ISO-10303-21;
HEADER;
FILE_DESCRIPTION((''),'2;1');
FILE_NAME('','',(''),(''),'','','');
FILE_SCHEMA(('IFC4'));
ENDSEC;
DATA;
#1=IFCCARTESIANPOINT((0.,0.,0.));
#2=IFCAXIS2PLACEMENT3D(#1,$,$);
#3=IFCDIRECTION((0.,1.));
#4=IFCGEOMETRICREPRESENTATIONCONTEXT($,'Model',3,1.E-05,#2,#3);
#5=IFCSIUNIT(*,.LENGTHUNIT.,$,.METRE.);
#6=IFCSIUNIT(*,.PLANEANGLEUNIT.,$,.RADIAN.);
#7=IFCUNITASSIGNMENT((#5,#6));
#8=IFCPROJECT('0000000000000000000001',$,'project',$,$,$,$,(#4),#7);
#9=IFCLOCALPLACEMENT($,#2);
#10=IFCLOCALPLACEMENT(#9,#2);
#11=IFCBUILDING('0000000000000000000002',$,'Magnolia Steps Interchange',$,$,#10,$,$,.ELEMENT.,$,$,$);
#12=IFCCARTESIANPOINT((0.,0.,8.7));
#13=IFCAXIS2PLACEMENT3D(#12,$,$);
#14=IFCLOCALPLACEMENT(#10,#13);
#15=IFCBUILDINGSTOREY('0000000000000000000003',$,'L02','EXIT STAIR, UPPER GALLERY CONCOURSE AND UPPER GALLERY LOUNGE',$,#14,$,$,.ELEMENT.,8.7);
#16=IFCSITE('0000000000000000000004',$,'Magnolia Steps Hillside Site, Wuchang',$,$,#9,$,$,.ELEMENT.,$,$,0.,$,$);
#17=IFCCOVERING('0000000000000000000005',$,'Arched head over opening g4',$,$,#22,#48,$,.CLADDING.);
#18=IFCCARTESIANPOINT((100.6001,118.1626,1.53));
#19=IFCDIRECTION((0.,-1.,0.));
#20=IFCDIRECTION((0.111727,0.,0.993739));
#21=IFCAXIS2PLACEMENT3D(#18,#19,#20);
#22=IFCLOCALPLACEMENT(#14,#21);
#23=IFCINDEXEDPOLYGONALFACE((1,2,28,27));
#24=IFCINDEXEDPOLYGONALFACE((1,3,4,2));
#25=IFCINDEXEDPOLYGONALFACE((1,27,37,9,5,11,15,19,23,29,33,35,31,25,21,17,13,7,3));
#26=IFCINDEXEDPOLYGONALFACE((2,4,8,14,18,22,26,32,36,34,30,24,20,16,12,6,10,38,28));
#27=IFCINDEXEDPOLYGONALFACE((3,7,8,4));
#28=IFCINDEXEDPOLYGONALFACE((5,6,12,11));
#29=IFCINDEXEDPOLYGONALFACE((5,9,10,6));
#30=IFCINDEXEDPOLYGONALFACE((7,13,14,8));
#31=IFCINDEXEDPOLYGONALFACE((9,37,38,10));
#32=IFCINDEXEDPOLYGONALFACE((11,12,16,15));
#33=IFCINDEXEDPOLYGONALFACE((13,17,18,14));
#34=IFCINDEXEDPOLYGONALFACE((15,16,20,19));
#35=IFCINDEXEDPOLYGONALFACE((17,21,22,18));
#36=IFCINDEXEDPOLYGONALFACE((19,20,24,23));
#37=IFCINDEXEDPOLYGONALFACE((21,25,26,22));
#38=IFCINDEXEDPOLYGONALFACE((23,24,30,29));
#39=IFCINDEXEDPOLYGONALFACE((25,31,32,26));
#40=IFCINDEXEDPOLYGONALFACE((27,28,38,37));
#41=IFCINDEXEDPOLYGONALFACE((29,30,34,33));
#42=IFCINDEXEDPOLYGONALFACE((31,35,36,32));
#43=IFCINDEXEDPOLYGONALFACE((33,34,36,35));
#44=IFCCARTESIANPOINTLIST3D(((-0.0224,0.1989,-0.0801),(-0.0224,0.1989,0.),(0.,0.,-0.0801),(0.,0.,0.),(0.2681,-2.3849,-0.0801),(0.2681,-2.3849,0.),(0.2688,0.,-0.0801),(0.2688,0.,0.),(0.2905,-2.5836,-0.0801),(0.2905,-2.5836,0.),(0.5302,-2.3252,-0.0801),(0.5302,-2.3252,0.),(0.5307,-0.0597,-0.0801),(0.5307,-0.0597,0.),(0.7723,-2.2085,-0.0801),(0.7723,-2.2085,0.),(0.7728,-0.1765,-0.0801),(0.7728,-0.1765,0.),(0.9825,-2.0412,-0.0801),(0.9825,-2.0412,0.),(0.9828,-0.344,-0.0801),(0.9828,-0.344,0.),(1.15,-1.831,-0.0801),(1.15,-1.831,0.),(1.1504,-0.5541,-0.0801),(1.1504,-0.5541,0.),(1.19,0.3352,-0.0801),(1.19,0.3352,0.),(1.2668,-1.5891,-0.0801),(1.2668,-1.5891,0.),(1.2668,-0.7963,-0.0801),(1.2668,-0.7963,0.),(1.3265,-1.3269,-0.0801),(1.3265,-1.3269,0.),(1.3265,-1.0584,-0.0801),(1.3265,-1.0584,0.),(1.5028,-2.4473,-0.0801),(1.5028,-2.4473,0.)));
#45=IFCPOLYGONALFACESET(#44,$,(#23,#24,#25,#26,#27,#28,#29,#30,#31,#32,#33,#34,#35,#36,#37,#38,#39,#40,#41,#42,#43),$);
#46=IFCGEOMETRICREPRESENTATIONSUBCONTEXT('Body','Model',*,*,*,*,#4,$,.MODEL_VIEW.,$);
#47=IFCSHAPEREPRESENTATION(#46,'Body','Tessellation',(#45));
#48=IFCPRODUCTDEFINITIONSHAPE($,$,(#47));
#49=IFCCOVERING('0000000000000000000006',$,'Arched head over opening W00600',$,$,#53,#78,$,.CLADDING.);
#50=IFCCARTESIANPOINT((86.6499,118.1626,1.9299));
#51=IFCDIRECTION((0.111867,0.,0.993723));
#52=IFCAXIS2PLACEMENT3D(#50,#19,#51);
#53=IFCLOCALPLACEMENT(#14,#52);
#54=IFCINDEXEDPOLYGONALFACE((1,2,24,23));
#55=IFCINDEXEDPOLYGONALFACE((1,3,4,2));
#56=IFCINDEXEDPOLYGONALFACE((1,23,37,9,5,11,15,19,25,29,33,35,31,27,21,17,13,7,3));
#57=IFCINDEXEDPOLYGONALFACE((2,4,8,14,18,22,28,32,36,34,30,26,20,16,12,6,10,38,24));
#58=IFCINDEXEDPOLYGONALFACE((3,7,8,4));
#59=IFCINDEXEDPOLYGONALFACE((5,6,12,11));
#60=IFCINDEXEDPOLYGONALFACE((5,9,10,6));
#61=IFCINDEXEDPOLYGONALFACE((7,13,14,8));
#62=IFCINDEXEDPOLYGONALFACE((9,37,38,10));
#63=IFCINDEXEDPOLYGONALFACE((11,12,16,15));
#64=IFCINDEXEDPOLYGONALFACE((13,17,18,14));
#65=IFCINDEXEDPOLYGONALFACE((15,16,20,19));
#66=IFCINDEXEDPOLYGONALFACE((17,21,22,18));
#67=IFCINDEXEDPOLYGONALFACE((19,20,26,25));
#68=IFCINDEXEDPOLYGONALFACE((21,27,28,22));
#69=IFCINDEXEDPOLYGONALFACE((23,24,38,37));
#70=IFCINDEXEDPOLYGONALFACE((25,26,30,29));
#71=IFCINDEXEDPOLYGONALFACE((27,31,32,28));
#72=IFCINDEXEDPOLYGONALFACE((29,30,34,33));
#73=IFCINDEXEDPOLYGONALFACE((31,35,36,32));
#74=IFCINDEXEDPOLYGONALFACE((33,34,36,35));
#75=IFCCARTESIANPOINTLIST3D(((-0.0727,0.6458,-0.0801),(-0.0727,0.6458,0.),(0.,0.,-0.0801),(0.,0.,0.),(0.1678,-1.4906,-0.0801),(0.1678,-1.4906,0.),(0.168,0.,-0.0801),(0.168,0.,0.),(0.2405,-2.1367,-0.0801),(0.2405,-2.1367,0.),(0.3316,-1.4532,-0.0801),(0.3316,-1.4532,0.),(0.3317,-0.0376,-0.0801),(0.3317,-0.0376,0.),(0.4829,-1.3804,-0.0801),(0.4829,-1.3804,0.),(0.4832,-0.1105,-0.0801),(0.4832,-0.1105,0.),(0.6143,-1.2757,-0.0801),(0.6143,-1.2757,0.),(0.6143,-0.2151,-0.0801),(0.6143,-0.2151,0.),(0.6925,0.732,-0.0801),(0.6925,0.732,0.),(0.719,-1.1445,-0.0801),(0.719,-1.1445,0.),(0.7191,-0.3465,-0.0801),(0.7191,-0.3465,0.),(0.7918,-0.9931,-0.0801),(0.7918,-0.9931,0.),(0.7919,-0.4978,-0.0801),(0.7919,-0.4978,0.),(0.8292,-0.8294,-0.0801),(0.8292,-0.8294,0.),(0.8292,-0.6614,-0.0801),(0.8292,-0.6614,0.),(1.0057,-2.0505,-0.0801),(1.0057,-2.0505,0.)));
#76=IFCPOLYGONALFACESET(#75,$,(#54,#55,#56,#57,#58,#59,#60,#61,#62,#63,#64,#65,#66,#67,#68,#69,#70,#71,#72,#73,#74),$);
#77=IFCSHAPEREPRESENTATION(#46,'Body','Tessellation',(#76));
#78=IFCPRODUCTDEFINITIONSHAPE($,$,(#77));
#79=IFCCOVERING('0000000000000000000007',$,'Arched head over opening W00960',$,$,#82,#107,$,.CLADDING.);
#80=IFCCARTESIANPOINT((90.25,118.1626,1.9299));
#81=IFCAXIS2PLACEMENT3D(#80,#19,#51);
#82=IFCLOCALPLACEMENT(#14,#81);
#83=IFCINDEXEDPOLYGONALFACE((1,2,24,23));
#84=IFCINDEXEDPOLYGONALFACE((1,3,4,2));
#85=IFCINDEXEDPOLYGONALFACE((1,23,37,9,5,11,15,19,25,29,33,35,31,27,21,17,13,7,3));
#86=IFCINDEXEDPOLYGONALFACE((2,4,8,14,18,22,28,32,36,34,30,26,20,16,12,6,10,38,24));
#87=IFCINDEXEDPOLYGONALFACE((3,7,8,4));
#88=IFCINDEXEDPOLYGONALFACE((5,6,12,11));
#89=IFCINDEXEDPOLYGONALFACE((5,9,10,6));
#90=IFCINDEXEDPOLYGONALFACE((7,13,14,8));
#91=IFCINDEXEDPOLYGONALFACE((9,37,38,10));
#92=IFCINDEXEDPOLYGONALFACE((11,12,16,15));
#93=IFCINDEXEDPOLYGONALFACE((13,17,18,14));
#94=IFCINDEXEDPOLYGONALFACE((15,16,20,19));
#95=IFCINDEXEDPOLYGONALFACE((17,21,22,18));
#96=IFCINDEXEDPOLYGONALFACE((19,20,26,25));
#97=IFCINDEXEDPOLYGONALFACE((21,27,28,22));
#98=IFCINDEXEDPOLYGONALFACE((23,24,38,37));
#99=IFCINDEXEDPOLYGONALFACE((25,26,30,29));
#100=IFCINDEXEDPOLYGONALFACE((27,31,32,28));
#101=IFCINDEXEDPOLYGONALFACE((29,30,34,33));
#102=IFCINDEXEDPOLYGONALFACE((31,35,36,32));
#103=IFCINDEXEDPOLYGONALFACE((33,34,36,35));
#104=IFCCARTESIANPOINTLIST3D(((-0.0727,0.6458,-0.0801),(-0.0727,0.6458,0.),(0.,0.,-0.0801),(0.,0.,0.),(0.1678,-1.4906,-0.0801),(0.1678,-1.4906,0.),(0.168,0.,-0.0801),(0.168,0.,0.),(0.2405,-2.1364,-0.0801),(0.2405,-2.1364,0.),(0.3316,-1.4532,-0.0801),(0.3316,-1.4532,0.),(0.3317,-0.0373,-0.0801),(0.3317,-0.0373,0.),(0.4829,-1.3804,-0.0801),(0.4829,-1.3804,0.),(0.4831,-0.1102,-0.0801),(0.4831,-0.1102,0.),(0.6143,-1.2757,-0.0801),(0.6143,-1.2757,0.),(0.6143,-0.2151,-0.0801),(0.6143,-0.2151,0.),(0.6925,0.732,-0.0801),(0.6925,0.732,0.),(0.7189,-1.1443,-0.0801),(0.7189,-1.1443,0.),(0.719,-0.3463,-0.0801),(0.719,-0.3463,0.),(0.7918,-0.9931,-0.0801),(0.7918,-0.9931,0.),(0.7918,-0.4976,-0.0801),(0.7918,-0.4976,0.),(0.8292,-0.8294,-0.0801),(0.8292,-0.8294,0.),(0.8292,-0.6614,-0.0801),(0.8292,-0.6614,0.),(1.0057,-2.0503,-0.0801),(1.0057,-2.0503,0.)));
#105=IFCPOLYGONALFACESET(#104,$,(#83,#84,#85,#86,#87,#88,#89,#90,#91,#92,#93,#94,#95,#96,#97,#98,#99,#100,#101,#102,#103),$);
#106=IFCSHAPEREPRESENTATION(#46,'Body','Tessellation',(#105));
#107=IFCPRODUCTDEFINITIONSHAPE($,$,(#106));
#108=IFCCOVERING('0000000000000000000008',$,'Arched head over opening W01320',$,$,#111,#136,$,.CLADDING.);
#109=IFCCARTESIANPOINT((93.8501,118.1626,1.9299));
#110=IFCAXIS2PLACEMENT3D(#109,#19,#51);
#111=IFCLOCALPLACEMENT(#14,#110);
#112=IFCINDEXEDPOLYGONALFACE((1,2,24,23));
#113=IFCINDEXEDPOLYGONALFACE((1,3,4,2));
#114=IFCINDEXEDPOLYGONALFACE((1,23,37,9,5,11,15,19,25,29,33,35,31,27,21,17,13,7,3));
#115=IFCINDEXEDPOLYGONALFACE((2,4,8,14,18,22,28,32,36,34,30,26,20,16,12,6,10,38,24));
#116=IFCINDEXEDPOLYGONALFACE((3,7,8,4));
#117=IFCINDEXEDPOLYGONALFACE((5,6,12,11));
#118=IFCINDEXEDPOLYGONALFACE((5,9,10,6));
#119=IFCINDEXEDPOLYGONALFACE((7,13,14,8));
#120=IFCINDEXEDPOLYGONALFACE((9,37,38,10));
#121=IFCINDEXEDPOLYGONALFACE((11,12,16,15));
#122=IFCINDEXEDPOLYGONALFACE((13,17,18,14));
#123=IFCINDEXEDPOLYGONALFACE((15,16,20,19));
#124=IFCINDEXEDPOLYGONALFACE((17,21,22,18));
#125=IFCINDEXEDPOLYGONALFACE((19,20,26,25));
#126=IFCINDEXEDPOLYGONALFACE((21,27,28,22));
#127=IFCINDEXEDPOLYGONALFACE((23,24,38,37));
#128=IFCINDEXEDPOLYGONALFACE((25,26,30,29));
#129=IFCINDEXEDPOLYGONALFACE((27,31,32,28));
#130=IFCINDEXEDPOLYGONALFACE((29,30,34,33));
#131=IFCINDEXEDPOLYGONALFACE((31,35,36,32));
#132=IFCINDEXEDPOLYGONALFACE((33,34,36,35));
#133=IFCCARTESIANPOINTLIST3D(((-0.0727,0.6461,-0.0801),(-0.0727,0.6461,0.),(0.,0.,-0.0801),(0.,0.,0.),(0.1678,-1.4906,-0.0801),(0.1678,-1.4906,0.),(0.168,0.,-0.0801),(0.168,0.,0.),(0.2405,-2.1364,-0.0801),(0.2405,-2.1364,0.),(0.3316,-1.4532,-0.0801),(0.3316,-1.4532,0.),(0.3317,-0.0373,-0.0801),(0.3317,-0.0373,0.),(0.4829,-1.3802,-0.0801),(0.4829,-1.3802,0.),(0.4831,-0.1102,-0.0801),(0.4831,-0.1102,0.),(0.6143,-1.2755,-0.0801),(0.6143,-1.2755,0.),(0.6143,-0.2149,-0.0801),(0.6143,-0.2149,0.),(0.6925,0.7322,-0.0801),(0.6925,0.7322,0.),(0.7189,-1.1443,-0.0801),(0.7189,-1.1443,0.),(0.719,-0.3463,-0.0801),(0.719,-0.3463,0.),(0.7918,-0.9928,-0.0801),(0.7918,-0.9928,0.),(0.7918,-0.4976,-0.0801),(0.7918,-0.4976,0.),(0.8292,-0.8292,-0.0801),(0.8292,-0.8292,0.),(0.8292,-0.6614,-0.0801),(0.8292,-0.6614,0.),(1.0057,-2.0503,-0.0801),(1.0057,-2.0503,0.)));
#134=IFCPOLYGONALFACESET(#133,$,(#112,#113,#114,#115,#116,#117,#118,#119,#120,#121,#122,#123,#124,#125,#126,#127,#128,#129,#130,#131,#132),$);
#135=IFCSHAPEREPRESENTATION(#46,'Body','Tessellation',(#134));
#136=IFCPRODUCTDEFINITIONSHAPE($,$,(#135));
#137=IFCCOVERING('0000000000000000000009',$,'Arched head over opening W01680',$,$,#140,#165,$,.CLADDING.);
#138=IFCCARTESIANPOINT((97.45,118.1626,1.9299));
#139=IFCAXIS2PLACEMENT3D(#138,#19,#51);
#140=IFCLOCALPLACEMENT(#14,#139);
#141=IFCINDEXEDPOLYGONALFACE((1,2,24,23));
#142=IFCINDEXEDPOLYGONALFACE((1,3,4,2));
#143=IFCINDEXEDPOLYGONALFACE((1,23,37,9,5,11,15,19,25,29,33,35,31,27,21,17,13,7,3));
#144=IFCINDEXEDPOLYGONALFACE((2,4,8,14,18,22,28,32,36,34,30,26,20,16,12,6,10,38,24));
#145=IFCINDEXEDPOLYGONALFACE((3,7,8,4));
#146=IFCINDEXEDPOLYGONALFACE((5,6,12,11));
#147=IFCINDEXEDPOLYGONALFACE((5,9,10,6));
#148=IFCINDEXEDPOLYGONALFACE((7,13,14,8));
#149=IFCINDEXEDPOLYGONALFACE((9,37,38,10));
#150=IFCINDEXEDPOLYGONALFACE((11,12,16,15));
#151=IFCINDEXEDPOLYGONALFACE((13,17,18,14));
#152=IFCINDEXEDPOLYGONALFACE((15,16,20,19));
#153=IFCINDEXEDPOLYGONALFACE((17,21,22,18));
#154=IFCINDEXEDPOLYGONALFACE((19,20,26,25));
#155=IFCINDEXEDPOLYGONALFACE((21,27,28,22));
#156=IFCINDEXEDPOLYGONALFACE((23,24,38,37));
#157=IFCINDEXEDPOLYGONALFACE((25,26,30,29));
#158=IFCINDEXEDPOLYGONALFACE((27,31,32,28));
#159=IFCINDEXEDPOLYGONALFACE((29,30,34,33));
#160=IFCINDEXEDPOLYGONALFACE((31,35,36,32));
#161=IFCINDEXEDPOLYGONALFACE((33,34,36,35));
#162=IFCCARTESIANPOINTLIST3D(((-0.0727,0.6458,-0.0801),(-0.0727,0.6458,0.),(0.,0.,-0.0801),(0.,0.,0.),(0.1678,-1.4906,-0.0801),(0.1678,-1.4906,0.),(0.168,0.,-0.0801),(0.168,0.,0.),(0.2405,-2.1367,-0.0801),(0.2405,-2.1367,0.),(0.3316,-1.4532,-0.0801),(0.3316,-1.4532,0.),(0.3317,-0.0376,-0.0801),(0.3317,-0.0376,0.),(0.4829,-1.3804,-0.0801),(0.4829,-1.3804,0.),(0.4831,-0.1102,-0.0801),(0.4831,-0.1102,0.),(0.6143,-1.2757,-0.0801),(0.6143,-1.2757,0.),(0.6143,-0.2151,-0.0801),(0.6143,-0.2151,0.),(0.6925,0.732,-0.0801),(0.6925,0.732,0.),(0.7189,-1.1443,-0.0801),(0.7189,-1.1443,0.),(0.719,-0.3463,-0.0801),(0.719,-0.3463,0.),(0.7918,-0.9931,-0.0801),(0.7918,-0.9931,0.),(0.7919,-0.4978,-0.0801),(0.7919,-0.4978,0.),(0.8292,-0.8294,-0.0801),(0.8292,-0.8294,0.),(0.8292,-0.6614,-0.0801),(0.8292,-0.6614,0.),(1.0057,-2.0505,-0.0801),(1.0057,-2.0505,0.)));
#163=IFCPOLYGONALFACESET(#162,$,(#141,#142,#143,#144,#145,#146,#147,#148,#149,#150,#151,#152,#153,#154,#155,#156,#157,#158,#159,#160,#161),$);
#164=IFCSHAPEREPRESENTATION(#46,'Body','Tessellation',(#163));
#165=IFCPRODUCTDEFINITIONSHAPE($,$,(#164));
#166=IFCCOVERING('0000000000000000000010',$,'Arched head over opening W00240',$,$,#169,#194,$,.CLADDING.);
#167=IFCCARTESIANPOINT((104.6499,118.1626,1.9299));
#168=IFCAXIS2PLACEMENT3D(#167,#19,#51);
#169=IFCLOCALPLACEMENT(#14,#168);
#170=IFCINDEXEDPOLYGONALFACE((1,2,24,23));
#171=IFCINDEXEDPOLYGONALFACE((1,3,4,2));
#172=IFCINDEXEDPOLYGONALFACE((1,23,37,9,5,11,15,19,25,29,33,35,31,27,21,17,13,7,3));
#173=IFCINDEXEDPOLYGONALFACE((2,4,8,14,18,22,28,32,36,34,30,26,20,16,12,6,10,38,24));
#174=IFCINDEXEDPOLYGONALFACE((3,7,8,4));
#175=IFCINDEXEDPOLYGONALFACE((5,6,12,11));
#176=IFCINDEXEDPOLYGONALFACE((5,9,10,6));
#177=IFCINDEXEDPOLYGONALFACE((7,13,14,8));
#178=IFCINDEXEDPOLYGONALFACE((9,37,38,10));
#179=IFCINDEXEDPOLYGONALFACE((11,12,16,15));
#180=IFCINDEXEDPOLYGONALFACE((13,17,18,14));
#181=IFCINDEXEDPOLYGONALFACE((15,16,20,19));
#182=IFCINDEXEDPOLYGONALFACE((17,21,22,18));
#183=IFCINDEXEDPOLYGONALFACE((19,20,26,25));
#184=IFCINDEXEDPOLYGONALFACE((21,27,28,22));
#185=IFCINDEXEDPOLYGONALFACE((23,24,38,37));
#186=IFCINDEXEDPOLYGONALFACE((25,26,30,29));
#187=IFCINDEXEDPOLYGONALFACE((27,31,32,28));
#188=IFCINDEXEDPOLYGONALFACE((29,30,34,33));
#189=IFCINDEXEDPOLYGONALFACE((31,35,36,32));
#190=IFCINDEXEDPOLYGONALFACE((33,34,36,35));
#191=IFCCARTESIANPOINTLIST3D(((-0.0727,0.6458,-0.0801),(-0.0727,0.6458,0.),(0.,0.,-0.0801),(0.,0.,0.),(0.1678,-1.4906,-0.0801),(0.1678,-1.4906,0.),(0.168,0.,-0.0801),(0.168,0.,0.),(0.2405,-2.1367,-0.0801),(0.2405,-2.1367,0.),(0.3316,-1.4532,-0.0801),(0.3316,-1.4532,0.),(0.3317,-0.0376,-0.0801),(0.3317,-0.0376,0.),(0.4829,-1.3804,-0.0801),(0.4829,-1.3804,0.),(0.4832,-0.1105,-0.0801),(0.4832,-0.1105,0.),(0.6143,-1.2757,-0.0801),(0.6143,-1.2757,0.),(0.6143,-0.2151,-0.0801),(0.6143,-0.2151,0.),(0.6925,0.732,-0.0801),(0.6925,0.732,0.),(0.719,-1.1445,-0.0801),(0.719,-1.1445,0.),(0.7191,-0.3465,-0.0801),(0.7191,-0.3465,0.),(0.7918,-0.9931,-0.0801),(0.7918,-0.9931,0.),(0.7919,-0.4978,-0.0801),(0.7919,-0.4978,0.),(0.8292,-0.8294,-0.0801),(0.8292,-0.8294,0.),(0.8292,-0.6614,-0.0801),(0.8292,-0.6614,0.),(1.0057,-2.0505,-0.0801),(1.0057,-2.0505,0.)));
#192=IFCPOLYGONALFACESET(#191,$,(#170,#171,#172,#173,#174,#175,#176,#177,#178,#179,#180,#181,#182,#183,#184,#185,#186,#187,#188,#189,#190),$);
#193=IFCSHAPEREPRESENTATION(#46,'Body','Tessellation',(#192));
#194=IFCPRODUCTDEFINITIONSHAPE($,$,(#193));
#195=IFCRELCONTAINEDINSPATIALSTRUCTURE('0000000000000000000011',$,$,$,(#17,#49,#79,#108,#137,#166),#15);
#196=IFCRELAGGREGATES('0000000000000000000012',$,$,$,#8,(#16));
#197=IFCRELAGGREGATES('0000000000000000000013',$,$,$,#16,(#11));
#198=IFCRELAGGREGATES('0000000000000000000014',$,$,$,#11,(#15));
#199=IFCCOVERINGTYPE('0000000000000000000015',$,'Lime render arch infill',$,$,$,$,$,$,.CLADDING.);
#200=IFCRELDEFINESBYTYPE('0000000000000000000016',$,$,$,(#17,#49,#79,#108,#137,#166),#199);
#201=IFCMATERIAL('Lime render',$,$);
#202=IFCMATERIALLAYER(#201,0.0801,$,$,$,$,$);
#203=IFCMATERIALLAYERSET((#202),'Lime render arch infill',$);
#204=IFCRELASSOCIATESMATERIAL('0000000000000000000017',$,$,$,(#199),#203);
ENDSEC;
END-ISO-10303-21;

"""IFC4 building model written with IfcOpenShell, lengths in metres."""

from ifc_helpers import new_model, si_unit, direction, frame, origin, place, context, subcontext, project, spatial, polyline, outline, extrude, material, layer, layer_set, type_object, element, save


model = new_model("IFC4")

# Units and contexts
model_context = context("Model", 3, precision=1e-05, world=origin(), true_north=direction((0.0, 1.0)))
body_context = subcontext(model_context, "Body", "Model", "MODEL_VIEW")
ifc_project = project(units=[si_unit("LENGTHUNIT", "METRE"), si_unit("PLANEANGLEUNIT", "RADIAN")], contexts=[model_context])

# Site, building, storey
site_placement = place(None, origin())
site = spatial("IfcSite", under=ifc_project, at=site_placement, Name="Magnolia Steps Hillside Site, Wuchang", CompositionType="ELEMENT", RefElevation=0.0)
building_placement = place(site_placement, origin())
building = spatial("IfcBuilding", under=site, at=building_placement, Name="Magnolia Steps Interchange", CompositionType="ELEMENT")
storey_placement = place(building_placement, frame((0.0, 0.0, 8.7)))
storey = spatial("IfcBuildingStorey", under=building, at=storey_placement, Name="L02", Description="EXIT STAIR, UPPER GALLERY CONCOURSE AND UPPER GALLERY LOUNGE", CompositionType="ELEMENT", Elevation=8.7)

# Coverings
ifc_material_1 = material(Name="Lime render")
ifc_layer_1 = layer(ifc_material_1, 0.0801)
ifc_layer_set_1 = layer_set([ifc_layer_1], Name="Lime render arch infill")
covering_type_1 = type_object("IfcCoveringType", Name="Lime render arch infill", PredefinedType="CLADDING", material=ifc_layer_set_1)
covering_1_placement = place(storey_placement, frame((100.6001, 118.1626, 1.53), z_axis=(0.0, -1.0, 0.0), x_axis=(0.111727, 0.0, 0.993739)))
element("IfcCovering", 1, at=covering_1_placement, inside=storey, type_object=covering_type_1, Name="Arched head over opening g4", PredefinedType="CLADDING", context=body_context, shape_type="SweptSolid", body=[
    extrude(outline(polyline([(0.0, 0.0), (0.2688, 0.0), (0.5307, -0.0597), (0.7728, -0.1765), (0.9828, -0.344), (1.1504, -0.5541), (1.2668, -0.7963), (1.3265, -1.0584), (1.3265, -1.3269), (1.2668, -1.5891), (1.15, -1.831), (0.9825, -2.0412), (0.7723, -2.2085), (0.5302, -2.3252), (0.2681, -2.3849), (0.2905, -2.5836), (1.5028, -2.4473), (1.19, 0.3352), (-0.0224, 0.1989), (0.0, 0.0)])), origin(), (0.0, 0.0, -1.0), 0.0801),
])
covering_2_placement = place(storey_placement, frame((86.6499, 118.1626, 1.9299), z_axis=(0.0, -1.0, 0.0), x_axis=(0.111867, 0.0, 0.993723)))
element("IfcCovering", 2, at=covering_2_placement, inside=storey, type_object=covering_type_1, Name="Arched head over opening W00600", PredefinedType="CLADDING", context=body_context, shape_type="SweptSolid", body=[
    extrude(outline(polyline([(0.0, 0.0), (0.168, 0.0), (0.3317, -0.0376), (0.4832, -0.1105), (0.6143, -0.2151), (0.7191, -0.3465), (0.7919, -0.4978), (0.8292, -0.6614), (0.8292, -0.8294), (0.7918, -0.9931), (0.719, -1.1445), (0.6143, -1.2757), (0.4829, -1.3804), (0.3316, -1.4532), (0.1678, -1.4906), (0.2405, -2.1367), (1.0057, -2.0505), (0.6925, 0.732), (-0.0727, 0.6458), (0.0, 0.0)])), origin(), (0.0, 0.0, -1.0), 0.0801),
])
covering_3_placement = place(storey_placement, frame((90.25, 118.1626, 1.9299), z_axis=(0.0, -1.0, 0.0), x_axis=(0.111867, 0.0, 0.993723)))
element("IfcCovering", 3, at=covering_3_placement, inside=storey, type_object=covering_type_1, Name="Arched head over opening W00960", PredefinedType="CLADDING", context=body_context, shape_type="SweptSolid", body=[
    extrude(outline(polyline([(0.0, 0.0), (0.168, 0.0), (0.3317, -0.0373), (0.4831, -0.1102), (0.6143, -0.2151), (0.719, -0.3463), (0.7918, -0.4976), (0.8292, -0.6614), (0.8292, -0.8294), (0.7918, -0.9931), (0.7189, -1.1443), (0.6143, -1.2757), (0.4829, -1.3804), (0.3316, -1.4532), (0.1678, -1.4906), (0.2405, -2.1364), (1.0057, -2.0503), (0.6925, 0.732), (-0.0727, 0.6458), (0.0, 0.0)])), origin(), (0.0, 0.0, -1.0), 0.0801),
])
covering_4_placement = place(storey_placement, frame((93.8501, 118.1626, 1.9299), z_axis=(0.0, -1.0, 0.0), x_axis=(0.111867, 0.0, 0.993723)))
element("IfcCovering", 4, at=covering_4_placement, inside=storey, type_object=covering_type_1, Name="Arched head over opening W01320", PredefinedType="CLADDING", context=body_context, shape_type="SweptSolid", body=[
    extrude(outline(polyline([(0.0, 0.0), (0.168, 0.0), (0.3317, -0.0373), (0.4831, -0.1102), (0.6143, -0.2149), (0.719, -0.3463), (0.7918, -0.4976), (0.8292, -0.6614), (0.8292, -0.8292), (0.7918, -0.9928), (0.7189, -1.1443), (0.6143, -1.2755), (0.4829, -1.3802), (0.3316, -1.4532), (0.1678, -1.4906), (0.2405, -2.1364), (1.0057, -2.0503), (0.6925, 0.7322), (-0.0727, 0.6461), (0.0, 0.0)])), origin(), (0.0, 0.0, -1.0), 0.0801),
])
covering_5_placement = place(storey_placement, frame((97.45, 118.1626, 1.9299), z_axis=(0.0, -1.0, 0.0), x_axis=(0.111867, 0.0, 0.993723)))
element("IfcCovering", 5, at=covering_5_placement, inside=storey, type_object=covering_type_1, Name="Arched head over opening W01680", PredefinedType="CLADDING", context=body_context, shape_type="SweptSolid", body=[
    extrude(outline(polyline([(0.0, 0.0), (0.168, 0.0), (0.3317, -0.0376), (0.4831, -0.1102), (0.6143, -0.2151), (0.719, -0.3463), (0.7919, -0.4978), (0.8292, -0.6614), (0.8292, -0.8294), (0.7918, -0.9931), (0.7189, -1.1443), (0.6143, -1.2757), (0.4829, -1.3804), (0.3316, -1.4532), (0.1678, -1.4906), (0.2405, -2.1367), (1.0057, -2.0505), (0.6925, 0.732), (-0.0727, 0.6458), (0.0, 0.0)])), origin(), (0.0, 0.0, -1.0), 0.0801),
])
covering_6_placement = place(storey_placement, frame((104.6499, 118.1626, 1.9299), z_axis=(0.0, -1.0, 0.0), x_axis=(0.111867, 0.0, 0.993723)))
element("IfcCovering", 6, at=covering_6_placement, inside=storey, type_object=covering_type_1, Name="Arched head over opening W00240", PredefinedType="CLADDING", context=body_context, shape_type="SweptSolid", body=[
    extrude(outline(polyline([(0.0, 0.0), (0.168, 0.0), (0.3317, -0.0376), (0.4832, -0.1105), (0.6143, -0.2151), (0.7191, -0.3465), (0.7919, -0.4978), (0.8292, -0.6614), (0.8292, -0.8294), (0.7918, -0.9931), (0.719, -1.1445), (0.6143, -1.2757), (0.4829, -1.3804), (0.3316, -1.4532), (0.1678, -1.4906), (0.2405, -2.1367), (1.0057, -2.0505), (0.6925, 0.732), (-0.0727, 0.6458), (0.0, 0.0)])), origin(), (0.0, 0.0, -1.0), 0.0801),
])

save(model, "model.ifc")
